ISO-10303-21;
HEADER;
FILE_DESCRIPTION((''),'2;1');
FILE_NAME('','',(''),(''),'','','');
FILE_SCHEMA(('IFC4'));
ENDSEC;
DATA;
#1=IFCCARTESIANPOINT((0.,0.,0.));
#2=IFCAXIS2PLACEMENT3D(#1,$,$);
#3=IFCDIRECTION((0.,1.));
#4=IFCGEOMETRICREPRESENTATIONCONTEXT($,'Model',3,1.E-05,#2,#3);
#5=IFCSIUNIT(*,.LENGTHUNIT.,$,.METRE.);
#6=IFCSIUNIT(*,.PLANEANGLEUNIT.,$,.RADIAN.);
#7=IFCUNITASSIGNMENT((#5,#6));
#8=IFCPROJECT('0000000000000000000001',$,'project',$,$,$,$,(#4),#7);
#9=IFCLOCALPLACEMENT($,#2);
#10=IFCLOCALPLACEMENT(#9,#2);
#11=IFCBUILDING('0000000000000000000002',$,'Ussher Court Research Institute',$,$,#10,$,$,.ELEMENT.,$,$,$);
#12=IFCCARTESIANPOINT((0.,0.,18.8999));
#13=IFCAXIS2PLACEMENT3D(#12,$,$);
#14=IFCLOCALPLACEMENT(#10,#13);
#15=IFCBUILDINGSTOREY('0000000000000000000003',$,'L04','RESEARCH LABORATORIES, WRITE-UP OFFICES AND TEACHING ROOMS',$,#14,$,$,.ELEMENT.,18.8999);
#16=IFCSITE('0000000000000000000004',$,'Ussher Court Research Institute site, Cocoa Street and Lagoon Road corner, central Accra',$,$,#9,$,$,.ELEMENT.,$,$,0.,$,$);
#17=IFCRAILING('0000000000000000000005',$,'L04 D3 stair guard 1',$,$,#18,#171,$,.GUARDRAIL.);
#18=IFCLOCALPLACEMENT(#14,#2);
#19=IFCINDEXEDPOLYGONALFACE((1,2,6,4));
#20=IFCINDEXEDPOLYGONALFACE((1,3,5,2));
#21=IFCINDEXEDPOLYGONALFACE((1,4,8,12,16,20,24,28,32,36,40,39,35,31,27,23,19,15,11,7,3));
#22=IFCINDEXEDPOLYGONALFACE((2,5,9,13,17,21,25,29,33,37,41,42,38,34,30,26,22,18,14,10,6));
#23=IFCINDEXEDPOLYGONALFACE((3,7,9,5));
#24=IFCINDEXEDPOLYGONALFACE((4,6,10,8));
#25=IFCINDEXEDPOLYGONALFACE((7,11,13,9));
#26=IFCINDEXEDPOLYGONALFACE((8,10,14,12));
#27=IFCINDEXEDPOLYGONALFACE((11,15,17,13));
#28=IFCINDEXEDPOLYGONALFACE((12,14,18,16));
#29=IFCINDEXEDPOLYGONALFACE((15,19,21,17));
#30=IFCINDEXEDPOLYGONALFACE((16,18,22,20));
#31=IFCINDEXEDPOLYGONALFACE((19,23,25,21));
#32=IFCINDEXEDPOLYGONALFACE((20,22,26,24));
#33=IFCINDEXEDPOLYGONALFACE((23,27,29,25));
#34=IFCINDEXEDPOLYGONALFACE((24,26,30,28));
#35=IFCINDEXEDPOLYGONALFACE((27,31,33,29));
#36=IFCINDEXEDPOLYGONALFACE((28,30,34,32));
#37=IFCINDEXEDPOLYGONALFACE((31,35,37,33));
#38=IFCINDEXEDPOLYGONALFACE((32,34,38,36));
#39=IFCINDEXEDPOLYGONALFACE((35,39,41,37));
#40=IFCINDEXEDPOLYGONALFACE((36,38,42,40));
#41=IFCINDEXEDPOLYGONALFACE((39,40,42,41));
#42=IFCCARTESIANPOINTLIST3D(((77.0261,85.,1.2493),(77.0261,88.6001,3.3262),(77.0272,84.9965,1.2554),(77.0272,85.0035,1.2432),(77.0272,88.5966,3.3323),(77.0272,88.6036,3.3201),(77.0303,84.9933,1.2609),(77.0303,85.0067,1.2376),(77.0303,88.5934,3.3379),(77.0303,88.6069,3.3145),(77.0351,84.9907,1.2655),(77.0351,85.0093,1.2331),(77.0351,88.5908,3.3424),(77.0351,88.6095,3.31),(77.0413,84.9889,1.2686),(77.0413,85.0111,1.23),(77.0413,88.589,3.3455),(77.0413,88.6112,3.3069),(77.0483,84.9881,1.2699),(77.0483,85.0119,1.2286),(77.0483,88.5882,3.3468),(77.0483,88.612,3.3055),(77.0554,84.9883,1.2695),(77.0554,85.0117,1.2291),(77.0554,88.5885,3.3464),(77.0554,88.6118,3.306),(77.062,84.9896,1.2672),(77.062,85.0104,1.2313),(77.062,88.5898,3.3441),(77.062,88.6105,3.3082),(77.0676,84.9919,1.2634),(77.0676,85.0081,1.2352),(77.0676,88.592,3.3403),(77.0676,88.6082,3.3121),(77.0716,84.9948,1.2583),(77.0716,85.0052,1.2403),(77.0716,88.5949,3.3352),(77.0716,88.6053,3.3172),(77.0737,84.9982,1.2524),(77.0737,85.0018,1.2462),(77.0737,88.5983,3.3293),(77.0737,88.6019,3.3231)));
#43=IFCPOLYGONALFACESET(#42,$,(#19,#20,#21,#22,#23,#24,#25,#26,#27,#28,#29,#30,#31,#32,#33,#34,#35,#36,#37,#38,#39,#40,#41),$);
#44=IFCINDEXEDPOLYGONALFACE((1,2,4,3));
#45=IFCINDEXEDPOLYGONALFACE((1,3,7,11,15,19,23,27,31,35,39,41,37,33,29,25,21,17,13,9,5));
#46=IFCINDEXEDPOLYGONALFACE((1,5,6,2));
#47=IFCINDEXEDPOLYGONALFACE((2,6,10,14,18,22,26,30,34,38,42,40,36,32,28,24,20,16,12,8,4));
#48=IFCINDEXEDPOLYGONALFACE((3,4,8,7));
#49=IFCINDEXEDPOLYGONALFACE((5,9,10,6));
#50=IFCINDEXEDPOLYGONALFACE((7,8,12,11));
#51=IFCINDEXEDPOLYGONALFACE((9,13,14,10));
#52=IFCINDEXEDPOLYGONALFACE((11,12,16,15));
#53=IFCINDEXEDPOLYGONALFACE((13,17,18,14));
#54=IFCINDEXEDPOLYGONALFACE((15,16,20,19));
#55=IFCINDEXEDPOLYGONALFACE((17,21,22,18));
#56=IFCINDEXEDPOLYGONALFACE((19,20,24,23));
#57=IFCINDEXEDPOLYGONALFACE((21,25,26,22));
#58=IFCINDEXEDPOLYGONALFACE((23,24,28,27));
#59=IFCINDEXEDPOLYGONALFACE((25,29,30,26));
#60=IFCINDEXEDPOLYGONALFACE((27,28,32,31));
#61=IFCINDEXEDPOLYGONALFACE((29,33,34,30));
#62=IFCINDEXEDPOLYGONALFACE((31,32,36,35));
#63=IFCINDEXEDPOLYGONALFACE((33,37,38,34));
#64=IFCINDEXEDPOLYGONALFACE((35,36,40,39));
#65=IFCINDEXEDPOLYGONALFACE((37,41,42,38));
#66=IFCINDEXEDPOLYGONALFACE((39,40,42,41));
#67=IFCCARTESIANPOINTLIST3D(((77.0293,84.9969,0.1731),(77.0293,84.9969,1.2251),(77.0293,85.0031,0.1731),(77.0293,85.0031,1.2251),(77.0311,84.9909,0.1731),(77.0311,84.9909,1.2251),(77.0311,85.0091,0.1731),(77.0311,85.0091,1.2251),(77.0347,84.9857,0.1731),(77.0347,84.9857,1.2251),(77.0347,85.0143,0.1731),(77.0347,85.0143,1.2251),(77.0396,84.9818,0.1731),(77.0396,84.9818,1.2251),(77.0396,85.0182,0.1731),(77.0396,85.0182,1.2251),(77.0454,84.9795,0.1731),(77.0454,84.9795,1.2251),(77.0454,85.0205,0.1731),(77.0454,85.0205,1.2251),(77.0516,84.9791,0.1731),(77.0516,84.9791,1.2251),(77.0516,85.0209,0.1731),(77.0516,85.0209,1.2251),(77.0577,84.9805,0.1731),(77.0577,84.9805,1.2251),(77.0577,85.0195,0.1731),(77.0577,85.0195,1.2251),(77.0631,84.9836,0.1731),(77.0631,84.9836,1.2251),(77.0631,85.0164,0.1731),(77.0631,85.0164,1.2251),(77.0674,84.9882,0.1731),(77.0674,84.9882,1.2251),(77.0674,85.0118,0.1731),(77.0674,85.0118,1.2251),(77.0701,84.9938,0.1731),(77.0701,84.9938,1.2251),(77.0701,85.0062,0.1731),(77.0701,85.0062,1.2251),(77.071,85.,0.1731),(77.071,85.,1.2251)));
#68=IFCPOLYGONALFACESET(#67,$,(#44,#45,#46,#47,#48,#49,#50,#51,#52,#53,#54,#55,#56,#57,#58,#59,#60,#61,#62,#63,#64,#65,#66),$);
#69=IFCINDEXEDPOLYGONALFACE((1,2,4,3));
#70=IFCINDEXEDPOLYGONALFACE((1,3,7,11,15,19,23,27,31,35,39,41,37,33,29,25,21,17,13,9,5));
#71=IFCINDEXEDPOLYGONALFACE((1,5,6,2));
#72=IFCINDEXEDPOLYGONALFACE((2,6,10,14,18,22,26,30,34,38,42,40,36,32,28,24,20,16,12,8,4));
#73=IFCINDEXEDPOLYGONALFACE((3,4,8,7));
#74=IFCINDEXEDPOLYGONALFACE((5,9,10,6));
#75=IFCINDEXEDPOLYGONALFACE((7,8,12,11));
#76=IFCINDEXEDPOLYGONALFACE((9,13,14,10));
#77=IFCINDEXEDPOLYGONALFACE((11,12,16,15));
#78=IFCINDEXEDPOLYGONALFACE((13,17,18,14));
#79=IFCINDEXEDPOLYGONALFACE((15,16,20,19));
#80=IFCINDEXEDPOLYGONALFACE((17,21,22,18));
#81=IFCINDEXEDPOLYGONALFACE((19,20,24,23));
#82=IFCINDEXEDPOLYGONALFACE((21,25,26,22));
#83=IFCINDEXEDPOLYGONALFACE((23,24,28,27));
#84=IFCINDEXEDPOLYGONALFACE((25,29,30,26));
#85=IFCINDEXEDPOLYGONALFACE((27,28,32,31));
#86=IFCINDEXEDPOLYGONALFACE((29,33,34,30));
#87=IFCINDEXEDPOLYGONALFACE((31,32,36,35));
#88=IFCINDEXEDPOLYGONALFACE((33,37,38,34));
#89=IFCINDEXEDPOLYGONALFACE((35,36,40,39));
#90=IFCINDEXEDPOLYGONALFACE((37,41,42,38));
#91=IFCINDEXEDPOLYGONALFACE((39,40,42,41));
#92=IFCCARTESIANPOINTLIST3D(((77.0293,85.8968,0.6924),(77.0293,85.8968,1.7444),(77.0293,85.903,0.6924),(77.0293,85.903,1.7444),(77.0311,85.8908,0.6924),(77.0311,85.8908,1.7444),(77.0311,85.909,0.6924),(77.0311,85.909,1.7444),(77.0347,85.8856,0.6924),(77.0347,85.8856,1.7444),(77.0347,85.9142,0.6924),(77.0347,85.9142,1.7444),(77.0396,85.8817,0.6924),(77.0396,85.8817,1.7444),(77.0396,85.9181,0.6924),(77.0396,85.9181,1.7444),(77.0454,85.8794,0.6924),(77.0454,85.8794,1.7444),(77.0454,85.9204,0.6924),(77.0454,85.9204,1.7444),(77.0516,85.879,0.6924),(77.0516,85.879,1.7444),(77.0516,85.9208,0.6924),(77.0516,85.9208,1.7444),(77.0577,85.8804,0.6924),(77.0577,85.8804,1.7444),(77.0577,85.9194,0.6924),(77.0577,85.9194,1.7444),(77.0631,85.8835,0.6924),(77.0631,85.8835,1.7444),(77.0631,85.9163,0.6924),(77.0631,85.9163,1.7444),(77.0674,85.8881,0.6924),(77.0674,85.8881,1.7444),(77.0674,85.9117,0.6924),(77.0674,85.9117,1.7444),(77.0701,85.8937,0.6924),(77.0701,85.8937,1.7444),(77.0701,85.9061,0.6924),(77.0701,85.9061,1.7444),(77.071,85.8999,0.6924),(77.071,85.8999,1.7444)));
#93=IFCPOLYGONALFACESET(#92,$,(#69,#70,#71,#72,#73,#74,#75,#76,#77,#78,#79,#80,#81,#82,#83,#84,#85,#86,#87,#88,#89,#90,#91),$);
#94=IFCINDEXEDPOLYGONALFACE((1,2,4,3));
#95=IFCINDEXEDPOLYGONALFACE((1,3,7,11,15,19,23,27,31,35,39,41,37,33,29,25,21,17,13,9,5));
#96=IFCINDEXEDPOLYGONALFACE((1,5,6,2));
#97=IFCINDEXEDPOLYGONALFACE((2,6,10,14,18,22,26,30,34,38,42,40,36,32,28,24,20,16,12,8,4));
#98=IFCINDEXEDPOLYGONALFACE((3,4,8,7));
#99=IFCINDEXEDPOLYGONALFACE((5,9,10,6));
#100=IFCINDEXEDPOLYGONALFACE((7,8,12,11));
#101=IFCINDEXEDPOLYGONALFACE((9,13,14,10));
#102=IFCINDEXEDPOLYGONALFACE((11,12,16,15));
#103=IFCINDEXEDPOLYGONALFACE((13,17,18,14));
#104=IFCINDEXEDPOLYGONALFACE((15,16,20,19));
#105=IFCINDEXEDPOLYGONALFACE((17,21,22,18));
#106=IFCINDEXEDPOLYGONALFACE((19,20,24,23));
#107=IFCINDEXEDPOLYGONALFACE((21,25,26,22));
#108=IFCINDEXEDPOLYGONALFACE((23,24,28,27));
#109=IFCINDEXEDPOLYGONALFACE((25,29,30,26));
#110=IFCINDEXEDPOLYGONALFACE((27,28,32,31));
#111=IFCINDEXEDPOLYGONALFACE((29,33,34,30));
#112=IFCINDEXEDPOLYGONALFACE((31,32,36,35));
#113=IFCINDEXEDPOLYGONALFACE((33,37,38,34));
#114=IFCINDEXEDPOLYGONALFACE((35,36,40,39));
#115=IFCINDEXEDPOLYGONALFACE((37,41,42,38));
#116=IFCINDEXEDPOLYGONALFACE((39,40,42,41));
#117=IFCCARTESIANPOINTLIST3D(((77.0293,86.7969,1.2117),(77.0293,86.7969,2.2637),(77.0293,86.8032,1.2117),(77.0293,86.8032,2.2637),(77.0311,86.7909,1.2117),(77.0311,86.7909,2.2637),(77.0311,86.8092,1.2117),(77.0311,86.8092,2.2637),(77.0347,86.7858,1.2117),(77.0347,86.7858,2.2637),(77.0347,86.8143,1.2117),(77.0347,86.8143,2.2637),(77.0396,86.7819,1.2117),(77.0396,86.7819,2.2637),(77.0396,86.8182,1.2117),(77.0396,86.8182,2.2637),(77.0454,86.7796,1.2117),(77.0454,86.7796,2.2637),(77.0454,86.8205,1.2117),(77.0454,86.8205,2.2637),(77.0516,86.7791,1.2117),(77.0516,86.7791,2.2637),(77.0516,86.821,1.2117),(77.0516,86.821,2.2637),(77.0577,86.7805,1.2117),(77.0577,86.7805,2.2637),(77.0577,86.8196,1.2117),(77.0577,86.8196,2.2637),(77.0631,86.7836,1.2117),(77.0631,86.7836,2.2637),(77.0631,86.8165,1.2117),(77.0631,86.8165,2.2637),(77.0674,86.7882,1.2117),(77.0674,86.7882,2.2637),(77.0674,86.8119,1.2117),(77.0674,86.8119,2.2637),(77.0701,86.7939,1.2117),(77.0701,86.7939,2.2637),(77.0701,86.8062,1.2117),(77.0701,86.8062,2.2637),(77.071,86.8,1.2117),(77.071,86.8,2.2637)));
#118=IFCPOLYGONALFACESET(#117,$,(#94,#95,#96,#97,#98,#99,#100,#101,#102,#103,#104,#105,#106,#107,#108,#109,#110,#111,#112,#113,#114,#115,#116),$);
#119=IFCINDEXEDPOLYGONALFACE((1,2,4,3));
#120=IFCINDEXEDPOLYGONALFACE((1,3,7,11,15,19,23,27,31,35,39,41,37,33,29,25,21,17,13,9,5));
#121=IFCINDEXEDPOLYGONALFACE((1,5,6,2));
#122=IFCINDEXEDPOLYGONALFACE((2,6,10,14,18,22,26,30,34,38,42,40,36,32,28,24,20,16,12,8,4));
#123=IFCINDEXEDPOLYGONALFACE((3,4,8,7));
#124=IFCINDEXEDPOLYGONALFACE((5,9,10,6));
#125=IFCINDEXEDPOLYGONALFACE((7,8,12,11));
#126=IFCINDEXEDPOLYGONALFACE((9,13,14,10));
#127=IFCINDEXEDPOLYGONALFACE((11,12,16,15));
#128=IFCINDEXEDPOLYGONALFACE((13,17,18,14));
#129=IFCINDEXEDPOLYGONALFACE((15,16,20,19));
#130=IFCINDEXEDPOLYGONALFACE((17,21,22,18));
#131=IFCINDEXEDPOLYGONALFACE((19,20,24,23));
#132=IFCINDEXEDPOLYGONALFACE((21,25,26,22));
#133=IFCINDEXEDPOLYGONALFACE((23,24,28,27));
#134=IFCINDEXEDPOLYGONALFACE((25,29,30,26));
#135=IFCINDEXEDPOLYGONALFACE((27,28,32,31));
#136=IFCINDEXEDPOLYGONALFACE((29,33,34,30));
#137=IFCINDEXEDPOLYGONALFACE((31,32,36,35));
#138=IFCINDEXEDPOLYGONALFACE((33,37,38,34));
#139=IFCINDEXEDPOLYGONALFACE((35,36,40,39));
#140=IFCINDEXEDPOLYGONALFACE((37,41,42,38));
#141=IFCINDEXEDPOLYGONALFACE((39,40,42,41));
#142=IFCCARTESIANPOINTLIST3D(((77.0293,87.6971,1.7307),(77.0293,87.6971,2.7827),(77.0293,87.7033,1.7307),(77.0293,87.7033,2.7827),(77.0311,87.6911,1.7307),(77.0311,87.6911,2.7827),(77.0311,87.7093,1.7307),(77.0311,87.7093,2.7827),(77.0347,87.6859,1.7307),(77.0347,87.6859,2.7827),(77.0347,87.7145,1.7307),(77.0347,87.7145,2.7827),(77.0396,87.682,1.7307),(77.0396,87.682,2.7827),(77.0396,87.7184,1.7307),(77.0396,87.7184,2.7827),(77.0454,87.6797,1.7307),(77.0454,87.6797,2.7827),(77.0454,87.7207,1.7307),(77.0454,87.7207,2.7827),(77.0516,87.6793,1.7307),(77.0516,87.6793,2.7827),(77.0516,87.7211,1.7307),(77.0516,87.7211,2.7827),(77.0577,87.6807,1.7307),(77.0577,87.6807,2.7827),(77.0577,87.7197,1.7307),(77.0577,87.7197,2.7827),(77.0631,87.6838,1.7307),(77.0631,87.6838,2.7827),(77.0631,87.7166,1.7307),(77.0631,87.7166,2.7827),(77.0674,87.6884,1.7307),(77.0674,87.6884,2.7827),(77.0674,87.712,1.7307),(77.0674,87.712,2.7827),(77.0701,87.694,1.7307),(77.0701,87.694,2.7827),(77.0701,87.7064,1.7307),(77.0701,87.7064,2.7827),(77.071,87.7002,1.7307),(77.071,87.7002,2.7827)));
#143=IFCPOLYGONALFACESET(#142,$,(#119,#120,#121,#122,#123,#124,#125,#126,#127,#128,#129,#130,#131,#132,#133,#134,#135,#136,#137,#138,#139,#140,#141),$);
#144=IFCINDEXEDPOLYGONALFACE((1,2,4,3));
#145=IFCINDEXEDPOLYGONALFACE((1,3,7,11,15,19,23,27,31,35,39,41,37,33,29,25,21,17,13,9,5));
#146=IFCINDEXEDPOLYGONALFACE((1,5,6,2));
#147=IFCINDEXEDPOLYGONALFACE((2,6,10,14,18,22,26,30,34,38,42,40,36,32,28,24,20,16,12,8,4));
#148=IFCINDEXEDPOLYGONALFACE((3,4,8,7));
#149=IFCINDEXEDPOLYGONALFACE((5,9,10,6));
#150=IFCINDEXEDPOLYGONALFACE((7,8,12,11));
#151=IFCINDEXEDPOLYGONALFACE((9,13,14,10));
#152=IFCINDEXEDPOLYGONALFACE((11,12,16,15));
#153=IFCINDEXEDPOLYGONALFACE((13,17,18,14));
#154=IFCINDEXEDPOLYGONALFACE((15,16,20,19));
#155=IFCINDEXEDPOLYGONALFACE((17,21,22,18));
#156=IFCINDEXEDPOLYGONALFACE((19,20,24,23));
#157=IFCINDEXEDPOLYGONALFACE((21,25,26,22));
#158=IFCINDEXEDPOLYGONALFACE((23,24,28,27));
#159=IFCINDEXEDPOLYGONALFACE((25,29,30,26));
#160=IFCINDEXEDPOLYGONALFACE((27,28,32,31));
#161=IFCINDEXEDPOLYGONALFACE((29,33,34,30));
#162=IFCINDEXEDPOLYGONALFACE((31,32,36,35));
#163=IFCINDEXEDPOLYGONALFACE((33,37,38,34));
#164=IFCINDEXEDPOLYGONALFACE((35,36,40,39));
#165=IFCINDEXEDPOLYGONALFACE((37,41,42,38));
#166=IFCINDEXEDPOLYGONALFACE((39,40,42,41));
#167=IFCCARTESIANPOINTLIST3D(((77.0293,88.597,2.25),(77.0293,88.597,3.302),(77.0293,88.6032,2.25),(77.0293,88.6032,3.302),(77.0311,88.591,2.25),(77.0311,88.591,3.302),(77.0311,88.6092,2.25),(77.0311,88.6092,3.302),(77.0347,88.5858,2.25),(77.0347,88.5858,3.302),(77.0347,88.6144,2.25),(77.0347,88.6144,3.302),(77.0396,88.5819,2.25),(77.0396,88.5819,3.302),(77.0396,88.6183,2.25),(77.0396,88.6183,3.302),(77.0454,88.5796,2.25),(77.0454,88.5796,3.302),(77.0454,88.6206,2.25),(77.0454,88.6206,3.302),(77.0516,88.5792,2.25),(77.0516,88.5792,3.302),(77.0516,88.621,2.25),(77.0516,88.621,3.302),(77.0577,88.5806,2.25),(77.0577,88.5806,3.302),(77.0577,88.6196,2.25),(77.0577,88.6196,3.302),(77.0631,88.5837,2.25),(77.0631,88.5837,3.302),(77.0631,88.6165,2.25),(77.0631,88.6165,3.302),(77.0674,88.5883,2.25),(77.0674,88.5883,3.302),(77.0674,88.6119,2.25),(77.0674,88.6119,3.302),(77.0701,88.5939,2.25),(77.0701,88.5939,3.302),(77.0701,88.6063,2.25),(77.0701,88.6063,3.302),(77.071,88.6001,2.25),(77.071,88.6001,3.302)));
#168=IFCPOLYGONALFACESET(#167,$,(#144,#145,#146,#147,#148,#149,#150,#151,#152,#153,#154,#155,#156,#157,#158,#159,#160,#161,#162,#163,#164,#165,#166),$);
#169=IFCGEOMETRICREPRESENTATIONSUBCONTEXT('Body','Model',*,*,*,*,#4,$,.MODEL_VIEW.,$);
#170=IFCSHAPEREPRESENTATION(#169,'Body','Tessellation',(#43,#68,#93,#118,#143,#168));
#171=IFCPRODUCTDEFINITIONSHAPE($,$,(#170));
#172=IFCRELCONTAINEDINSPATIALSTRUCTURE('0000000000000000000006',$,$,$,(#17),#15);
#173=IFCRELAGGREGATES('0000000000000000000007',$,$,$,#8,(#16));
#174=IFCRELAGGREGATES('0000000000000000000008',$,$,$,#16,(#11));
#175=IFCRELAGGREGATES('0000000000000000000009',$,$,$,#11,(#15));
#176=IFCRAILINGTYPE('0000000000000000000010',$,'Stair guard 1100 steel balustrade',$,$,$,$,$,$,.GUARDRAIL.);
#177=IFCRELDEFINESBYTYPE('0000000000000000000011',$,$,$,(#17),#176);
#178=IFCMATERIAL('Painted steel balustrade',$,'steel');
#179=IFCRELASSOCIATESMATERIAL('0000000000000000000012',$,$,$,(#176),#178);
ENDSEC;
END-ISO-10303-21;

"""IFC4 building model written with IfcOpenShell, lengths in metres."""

from ifc_helpers import new_model, si_unit, direction, frame, origin, origin_2d, place, context, subcontext, project, spatial, circle, extrude, material, type_object, element, save


model = new_model("IFC4")

# Units and contexts
model_context = context("Model", 3, precision=1e-05, world=origin(), true_north=direction((0.0, 1.0)))
body_context = subcontext(model_context, "Body", "Model", "MODEL_VIEW")
ifc_project = project(units=[si_unit("LENGTHUNIT", "METRE"), si_unit("PLANEANGLEUNIT", "RADIAN")], contexts=[model_context])

# Site, building, storey
site_placement = place(None, origin())
site = spatial("IfcSite", under=ifc_project, at=site_placement, Name="Ussher Court Research Institute site, Cocoa Street and Lagoon Road corner, central Accra", CompositionType="ELEMENT", RefElevation=0.0)
building_placement = place(site_placement, origin())
building = spatial("IfcBuilding", under=site, at=building_placement, Name="Ussher Court Research Institute", CompositionType="ELEMENT")
storey_placement = place(building_placement, frame((0.0, 0.0, 18.8999)))
storey = spatial("IfcBuildingStorey", under=building, at=storey_placement, Name="L04", Description="RESEARCH LABORATORIES, WRITE-UP OFFICES AND TEACHING ROOMS", CompositionType="ELEMENT", Elevation=18.8999)

# Railing
ifc_material_1 = material(Name="Painted steel balustrade", Category="steel")
railing_type_1 = type_object("IfcRailingType", Name="Stair guard 1100 steel balustrade", PredefinedType="GUARDRAIL", material=ifc_material_1)
railing_1_placement = place(storey_placement, frame((77.05, 85.0, 0.1731)))
element("IfcRailing", 1, at=railing_1_placement, inside=storey, type_object=railing_type_1, Name="L04 D3 stair guard 1", PredefinedType="GUARDRAIL", context=body_context, shape_type="SweptSolid", body=[
    extrude(circle(Radius=0.0239, at=origin_2d()), frame((0.0, 0.0, 1.0762), z_axis=(0.0, 0.866193, 0.499709), x_axis=(-1.0, 0.0, 0.0)), (0.0, 0.0, 1.0), 4.1562),
    extrude(circle(Radius=0.021, at=origin_2d()), origin(), (0.0, 0.0, 1.0), 1.052),
    extrude(circle(Radius=0.021, at=origin_2d()), frame((0.0, 0.8999, 0.5193)), (0.0, 0.0, 1.0), 1.052),
    extrude(circle(Radius=0.021, at=origin_2d()), frame((0.0, 1.8, 1.0386)), (0.0, 0.0, 1.0), 1.052),
    extrude(circle(Radius=0.021, at=origin_2d()), frame((0.0, 2.7002, 1.5576)), (0.0, 0.0, 1.0), 1.052),
    extrude(circle(Radius=0.021, at=origin_2d()), frame((0.0, 3.6001, 2.0769)), (0.0, 0.0, 1.0), 1.052),
])

save(model, "model.ifc")
